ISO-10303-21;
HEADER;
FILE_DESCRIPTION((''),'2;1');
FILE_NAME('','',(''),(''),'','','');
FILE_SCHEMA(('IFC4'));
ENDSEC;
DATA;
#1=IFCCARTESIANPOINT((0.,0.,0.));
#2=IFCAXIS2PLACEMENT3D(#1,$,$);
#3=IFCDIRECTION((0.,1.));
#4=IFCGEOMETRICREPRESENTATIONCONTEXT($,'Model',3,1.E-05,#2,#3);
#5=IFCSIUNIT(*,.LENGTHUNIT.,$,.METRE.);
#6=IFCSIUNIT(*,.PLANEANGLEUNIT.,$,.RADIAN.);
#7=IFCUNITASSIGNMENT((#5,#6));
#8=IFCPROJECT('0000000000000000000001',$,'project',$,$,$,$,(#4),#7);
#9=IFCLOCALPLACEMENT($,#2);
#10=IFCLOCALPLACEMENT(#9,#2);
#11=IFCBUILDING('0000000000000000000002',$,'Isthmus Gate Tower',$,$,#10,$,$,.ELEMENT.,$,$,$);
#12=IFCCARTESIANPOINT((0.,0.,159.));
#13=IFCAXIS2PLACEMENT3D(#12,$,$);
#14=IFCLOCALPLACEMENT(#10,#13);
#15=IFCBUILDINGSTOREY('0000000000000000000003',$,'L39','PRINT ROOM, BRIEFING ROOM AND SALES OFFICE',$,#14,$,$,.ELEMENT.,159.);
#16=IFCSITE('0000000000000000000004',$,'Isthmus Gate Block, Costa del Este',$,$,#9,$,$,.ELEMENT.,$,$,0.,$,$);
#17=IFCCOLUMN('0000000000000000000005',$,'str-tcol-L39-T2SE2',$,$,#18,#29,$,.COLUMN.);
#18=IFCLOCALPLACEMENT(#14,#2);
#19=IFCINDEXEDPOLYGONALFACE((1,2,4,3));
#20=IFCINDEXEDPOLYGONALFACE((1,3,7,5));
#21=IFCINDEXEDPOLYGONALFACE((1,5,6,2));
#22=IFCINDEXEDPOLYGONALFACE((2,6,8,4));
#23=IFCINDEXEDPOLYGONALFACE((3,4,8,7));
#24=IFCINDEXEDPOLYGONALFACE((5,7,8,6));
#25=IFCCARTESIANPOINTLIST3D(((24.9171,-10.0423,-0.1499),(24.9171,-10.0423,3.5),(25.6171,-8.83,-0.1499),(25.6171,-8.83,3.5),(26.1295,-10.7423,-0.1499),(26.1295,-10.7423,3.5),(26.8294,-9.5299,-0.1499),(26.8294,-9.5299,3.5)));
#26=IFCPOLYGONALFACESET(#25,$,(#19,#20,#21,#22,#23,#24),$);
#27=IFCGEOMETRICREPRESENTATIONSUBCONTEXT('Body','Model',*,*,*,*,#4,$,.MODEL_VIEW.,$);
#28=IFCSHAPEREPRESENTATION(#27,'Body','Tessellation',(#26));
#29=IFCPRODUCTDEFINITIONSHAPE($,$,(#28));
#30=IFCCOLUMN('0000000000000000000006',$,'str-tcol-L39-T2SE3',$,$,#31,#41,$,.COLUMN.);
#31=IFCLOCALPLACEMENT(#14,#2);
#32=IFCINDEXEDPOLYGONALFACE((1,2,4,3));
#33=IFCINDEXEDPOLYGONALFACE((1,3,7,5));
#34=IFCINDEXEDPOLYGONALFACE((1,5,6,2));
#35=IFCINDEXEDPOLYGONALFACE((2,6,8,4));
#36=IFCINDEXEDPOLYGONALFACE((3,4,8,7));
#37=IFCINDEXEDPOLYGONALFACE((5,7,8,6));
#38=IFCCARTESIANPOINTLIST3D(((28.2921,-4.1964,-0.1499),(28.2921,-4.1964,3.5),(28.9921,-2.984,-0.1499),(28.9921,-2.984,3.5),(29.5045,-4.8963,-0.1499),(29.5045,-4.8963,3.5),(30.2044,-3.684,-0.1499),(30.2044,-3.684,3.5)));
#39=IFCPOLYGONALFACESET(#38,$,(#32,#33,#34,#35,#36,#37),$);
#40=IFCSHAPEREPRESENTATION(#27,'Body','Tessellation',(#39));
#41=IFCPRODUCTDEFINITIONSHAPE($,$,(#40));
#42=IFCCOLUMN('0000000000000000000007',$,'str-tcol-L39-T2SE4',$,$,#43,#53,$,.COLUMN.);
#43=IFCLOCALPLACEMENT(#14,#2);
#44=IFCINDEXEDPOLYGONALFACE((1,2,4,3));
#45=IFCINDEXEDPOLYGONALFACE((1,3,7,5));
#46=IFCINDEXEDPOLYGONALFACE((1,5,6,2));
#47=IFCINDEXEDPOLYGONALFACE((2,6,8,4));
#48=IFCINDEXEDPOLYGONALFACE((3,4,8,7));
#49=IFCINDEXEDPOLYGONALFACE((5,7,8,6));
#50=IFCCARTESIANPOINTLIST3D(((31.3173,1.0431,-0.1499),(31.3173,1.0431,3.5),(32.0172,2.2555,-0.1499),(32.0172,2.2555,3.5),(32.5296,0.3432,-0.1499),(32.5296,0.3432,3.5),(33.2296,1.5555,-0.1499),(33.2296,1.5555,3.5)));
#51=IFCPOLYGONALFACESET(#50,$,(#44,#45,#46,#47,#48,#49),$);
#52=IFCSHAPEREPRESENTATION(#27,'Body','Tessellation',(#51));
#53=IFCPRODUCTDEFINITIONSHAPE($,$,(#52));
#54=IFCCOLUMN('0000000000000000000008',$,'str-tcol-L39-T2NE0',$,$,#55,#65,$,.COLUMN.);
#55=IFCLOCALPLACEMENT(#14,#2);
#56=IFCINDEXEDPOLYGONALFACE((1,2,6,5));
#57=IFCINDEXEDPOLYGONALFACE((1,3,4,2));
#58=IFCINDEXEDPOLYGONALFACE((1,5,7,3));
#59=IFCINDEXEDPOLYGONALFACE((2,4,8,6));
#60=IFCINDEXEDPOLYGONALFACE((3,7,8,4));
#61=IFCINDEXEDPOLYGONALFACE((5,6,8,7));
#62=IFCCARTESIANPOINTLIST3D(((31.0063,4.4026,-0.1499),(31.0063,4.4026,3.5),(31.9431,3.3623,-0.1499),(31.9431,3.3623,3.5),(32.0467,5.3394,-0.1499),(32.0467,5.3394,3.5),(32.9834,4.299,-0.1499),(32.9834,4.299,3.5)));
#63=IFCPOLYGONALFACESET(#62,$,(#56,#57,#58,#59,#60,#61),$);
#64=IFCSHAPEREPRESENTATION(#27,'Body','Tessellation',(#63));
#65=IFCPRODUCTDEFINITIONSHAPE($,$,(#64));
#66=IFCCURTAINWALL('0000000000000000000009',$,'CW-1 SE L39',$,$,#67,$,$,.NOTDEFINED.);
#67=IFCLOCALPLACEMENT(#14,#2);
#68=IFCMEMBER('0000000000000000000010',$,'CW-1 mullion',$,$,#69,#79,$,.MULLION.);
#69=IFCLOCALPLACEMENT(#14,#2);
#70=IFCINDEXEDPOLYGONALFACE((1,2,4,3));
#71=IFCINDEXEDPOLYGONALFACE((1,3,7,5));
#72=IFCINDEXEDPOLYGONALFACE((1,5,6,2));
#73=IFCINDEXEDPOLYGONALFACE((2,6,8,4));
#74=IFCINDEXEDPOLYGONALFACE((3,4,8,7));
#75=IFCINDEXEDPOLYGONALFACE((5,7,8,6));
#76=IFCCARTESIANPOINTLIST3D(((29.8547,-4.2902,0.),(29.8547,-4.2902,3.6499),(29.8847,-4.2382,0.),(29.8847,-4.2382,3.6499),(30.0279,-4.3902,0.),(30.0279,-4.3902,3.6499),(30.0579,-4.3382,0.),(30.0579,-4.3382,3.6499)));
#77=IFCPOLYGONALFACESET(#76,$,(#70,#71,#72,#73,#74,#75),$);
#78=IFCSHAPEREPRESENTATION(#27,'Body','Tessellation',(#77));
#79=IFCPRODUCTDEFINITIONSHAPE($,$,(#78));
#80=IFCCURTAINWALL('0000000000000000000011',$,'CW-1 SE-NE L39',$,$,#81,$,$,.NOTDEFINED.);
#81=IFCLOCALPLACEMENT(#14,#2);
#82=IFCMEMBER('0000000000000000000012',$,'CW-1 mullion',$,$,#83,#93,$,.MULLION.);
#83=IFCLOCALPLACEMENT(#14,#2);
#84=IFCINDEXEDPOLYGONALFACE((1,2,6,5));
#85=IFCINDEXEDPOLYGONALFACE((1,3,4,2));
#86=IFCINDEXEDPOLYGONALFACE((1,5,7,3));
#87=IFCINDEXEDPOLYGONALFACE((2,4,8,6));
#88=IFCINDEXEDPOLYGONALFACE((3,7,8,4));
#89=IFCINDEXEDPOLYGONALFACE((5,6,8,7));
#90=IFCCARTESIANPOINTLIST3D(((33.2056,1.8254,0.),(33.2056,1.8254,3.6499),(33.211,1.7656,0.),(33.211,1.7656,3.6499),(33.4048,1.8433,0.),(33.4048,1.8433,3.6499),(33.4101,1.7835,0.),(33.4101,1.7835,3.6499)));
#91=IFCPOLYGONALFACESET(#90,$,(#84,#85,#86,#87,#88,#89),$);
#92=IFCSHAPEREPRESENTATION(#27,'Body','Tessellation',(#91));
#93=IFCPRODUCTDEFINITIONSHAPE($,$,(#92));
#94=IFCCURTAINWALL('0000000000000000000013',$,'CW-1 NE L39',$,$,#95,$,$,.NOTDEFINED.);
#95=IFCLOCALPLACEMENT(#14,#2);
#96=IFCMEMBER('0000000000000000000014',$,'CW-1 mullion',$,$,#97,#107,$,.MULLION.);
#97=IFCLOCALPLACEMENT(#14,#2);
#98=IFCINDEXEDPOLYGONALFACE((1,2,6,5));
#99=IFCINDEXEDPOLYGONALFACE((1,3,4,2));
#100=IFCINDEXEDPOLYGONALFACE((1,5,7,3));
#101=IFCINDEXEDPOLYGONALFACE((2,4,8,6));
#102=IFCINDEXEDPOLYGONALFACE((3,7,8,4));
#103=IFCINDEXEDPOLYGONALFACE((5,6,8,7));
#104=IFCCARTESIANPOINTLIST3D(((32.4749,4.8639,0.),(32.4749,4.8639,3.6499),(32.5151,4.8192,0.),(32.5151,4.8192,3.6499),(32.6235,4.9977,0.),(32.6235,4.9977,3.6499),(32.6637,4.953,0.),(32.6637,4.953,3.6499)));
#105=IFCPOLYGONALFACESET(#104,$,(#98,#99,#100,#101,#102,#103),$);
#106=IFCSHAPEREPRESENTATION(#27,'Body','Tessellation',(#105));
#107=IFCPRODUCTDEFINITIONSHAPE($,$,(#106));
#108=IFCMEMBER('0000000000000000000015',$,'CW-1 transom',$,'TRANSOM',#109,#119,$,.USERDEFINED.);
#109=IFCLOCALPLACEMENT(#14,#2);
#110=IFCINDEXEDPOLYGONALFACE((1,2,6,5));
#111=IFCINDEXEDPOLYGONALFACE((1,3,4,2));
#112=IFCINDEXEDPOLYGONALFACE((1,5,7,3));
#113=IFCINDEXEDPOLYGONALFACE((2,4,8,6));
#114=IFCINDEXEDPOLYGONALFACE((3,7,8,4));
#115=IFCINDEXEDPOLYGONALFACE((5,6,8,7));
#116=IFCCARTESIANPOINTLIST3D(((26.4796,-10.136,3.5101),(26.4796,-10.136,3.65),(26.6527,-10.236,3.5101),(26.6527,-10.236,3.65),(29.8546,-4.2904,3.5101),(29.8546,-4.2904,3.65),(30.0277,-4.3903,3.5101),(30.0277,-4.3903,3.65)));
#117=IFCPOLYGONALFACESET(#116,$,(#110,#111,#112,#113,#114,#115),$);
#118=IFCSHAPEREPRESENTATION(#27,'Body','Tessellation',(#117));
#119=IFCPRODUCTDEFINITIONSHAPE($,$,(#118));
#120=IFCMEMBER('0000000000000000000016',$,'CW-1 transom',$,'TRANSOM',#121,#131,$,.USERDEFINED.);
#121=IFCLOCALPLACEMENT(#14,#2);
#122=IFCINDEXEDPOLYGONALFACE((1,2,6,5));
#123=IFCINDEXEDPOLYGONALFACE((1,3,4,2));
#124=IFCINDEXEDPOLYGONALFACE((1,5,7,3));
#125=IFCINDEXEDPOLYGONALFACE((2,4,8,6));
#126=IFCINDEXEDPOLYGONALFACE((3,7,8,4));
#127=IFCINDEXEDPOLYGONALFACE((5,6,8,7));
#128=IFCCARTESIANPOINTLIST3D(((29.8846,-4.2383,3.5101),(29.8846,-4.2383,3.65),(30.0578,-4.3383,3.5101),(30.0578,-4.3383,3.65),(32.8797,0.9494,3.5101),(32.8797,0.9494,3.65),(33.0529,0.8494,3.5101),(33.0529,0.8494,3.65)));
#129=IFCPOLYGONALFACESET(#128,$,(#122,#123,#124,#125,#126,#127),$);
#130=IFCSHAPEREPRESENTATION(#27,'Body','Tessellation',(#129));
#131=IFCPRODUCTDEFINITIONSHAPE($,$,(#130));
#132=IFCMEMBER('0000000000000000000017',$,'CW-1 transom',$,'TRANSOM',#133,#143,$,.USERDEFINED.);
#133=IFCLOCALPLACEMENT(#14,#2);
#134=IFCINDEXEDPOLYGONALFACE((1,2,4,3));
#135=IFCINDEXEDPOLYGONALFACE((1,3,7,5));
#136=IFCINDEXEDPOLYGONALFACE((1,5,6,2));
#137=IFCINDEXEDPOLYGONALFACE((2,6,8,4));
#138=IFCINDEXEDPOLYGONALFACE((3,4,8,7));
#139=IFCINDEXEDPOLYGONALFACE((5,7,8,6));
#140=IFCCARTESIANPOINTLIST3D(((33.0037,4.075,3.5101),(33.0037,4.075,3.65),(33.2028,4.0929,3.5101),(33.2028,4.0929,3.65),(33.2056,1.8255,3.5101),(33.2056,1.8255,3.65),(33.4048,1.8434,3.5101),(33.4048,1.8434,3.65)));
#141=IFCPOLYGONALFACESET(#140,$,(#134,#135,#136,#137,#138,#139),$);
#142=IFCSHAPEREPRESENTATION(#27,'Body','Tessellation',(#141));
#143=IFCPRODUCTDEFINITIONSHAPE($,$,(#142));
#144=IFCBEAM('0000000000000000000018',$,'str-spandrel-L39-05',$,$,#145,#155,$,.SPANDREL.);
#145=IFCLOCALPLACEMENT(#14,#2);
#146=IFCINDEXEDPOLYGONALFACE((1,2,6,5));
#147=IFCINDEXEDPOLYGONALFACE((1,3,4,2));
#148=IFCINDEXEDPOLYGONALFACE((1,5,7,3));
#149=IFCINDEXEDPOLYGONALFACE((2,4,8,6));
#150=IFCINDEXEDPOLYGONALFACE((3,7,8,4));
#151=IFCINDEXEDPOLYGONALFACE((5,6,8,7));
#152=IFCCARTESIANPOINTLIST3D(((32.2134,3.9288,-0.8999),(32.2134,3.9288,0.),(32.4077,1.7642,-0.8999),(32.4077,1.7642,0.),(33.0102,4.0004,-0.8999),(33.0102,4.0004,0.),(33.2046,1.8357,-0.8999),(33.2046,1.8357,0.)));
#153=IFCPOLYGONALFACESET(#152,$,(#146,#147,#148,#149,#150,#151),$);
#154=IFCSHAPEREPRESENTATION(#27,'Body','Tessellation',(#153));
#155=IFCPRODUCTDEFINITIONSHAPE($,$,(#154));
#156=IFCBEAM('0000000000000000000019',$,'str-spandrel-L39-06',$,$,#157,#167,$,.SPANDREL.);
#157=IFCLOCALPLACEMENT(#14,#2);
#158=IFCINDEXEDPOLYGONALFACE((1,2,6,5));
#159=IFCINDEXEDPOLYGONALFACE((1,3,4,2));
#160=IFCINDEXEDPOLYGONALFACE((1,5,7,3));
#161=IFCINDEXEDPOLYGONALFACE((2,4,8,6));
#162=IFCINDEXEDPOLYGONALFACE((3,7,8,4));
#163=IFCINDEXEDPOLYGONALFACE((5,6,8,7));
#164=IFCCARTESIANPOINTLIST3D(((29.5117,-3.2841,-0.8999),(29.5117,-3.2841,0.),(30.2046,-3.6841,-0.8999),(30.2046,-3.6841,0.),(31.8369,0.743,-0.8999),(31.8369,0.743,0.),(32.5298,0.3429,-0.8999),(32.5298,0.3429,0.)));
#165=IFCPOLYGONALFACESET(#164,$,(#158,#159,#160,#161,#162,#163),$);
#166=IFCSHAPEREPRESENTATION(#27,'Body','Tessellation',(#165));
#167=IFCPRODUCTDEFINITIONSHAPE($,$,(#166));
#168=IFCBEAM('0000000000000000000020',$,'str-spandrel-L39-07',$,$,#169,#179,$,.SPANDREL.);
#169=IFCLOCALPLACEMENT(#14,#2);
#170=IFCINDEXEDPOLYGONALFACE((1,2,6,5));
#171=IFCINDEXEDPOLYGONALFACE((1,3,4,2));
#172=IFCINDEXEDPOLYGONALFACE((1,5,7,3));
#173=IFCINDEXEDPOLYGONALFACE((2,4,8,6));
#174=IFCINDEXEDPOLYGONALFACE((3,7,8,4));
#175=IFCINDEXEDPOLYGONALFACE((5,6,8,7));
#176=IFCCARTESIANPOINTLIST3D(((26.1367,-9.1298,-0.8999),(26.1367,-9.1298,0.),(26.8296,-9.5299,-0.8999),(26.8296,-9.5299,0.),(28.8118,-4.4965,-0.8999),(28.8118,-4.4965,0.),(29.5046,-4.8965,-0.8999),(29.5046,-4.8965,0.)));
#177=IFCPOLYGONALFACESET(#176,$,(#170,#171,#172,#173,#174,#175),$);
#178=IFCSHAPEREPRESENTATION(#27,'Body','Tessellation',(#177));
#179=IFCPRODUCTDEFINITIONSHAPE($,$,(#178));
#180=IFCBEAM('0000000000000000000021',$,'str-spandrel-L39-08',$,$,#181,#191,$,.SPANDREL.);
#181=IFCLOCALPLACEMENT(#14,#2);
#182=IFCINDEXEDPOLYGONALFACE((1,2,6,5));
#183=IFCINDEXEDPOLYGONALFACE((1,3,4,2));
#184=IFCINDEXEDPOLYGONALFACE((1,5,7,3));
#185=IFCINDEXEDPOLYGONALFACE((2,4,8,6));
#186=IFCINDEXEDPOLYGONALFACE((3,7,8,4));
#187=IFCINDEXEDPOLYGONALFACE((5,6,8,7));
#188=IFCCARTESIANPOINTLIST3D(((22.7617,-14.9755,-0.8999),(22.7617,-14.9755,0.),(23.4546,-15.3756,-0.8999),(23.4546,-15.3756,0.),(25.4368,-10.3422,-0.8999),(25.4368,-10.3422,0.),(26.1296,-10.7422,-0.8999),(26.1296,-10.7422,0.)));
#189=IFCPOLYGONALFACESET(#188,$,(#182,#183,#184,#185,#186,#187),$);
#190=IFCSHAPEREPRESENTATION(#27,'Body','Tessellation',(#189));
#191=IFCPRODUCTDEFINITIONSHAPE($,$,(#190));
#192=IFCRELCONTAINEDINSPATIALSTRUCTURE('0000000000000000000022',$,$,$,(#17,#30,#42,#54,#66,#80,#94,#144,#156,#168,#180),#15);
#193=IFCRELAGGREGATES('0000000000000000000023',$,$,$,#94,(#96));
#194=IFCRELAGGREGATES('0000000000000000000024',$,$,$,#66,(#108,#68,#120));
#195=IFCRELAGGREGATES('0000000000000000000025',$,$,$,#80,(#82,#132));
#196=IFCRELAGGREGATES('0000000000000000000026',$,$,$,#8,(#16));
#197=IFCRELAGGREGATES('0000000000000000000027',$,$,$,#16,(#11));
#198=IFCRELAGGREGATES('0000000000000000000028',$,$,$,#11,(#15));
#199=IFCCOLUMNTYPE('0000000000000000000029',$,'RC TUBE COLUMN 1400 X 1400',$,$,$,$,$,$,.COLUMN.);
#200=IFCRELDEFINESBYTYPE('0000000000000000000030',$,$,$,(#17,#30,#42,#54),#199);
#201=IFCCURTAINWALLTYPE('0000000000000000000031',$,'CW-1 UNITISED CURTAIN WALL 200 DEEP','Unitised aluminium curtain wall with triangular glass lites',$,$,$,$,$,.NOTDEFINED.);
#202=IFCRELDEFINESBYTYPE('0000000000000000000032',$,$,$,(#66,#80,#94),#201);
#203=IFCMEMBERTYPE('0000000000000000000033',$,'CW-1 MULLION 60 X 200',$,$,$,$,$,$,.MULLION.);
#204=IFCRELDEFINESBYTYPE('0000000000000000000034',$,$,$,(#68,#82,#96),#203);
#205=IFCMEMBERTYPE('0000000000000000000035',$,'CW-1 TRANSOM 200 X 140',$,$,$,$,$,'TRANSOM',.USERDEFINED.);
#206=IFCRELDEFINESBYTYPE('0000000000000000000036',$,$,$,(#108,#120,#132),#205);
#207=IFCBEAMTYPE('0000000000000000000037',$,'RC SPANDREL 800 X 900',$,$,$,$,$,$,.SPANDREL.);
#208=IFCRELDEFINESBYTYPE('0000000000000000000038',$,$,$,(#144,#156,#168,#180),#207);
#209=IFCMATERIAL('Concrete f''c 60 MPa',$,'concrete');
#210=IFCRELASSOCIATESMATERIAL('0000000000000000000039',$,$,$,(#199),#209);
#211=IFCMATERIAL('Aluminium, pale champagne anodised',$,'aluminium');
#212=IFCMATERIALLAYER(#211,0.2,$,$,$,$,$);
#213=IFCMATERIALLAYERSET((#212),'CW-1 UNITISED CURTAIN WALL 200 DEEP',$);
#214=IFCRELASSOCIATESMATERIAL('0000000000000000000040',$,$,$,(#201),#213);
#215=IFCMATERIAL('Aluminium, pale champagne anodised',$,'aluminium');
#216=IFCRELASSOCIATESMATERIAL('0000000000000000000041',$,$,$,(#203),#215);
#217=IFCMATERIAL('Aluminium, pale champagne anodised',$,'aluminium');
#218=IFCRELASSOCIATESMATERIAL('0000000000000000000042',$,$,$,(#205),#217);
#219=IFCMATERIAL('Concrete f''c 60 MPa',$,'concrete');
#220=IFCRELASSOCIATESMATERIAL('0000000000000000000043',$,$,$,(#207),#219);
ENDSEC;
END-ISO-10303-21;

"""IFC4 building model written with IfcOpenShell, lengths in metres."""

from ifc_helpers import new_model, si_unit, direction, frame, origin, origin_2d, place, context, subcontext, project, spatial, rectangle, extrude, material, layer, layer_set, material_profile, profile_set, type_object, element, aggregate, save


model = new_model("IFC4")

# Units and contexts
model_context = context("Model", 3, precision=1e-05, world=origin(), true_north=direction((0.0, 1.0)))
body_context = subcontext(model_context, "Body", "Model", "MODEL_VIEW")
ifc_project = project(units=[si_unit("LENGTHUNIT", "METRE"), si_unit("PLANEANGLEUNIT", "RADIAN")], contexts=[model_context])

# Site, building, storey
site_placement = place(None, origin())
site = spatial("IfcSite", under=ifc_project, at=site_placement, Name="Isthmus Gate Block, Costa del Este", CompositionType="ELEMENT", RefElevation=0.0)
building_placement = place(site_placement, origin())
building = spatial("IfcBuilding", under=site, at=building_placement, Name="Isthmus Gate Tower", CompositionType="ELEMENT")
storey_placement = place(building_placement, frame((0.0, 0.0, 159.0)))
storey = spatial("IfcBuildingStorey", under=building, at=storey_placement, Name="L39", Description="PRINT ROOM, BRIEFING ROOM AND SALES OFFICE", CompositionType="ELEMENT", Elevation=159.0)

# Columns
ifc_material_1 = material(Name="Concrete f'c 60 MPa", Category="concrete")
ifc_material_profile_1 = material_profile(ifc_material_1, rectangle(XDim=1.3999, YDim=1.3999, at=origin_2d()), Name="RC 1400X1400")
ifc_profile_set_1 = profile_set([ifc_material_profile_1], Name="Concrete f'c 60 MPa")
column_type = type_object("IfcColumnType", Name="RC TUBE COLUMN 1400 X 1400", PredefinedType="COLUMN", material=ifc_profile_set_1)
for number, where, z_axis, x_axis, name in (
    (1, (25.8733, -9.7861, -0.1499), (0.0, 0.0, 1.0), (0.5, 0.866025, 0.0), "str-tcol-L39-T2SE2"),
    (2, (29.2483, -3.9402, -0.1499), (0.0, 0.0, 1.0), (0.5, 0.866025, 0.0), "str-tcol-L39-T2SE3"),
    (3, (32.2734, 1.2993, -0.1499), (0.0, 0.0, 1.0), (0.5, 0.866025, 0.0), "str-tcol-L39-T2SE4"),
    (4, (31.9949, 4.3508, -0.1499), (0.0, 0.0, 1.0), (-0.669131, 0.743145, 0.0), "str-tcol-L39-T2NE0"),
):
    element("IfcColumn", number, at=place(storey_placement, frame(where, z_axis=z_axis, x_axis=x_axis)), inside=storey, type_object=column_type, Name=name, PredefinedType="COLUMN", context=body_context, shape_type="SweptSolid", body=[
        extrude(rectangle(XDim=1.3999, YDim=1.3999, at=origin_2d()), origin(), (0.0, 0.0, 1.0), 3.6499),
    ])

# Curtain walls, members
ifc_material_2 = material(Name="Aluminium, pale champagne anodised", Category="aluminium")
ifc_layer_1 = layer(ifc_material_2, 0.2)
ifc_layer_set_1 = layer_set([ifc_layer_1], Name="CW-1 UNITISED CURTAIN WALL 200 DEEP")
curtain_wall_type = type_object("IfcCurtainWallType", Name="CW-1 UNITISED CURTAIN WALL 200 DEEP", Description="Unitised aluminium curtain wall with triangular glass lites", PredefinedType="NOTDEFINED", material=ifc_layer_set_1)
curtain_wall_1_placement = place(storey_placement, origin())
curtain_wall_1 = element("IfcCurtainWall", 5, at=curtain_wall_1_placement, inside=storey, type_object=curtain_wall_type, Name="CW-1 SE L39", PredefinedType="NOTDEFINED")
ifc_material_3 = material(Name="Aluminium, pale champagne anodised", Category="aluminium")
ifc_material_profile_2 = material_profile(ifc_material_3, rectangle(XDim=0.0601, YDim=0.2, at=origin_2d()), Name="60x200")
ifc_profile_set_2 = profile_set([ifc_material_profile_2], Name="Aluminium, pale champagne anodised")
member_type_1 = type_object("IfcMemberType", Name="CW-1 MULLION 60 X 200", PredefinedType="MULLION", material=ifc_profile_set_2)
member_1_placement = place(storey_placement, frame((29.9563, -4.3142, 0.0), z_axis=(0.0, 0.0, 1.0), x_axis=(0.5, 0.866025, 0.0)))
member_1 = element("IfcMember", 6, at=member_1_placement, type_object=member_type_1, Name="CW-1 mullion", PredefinedType="MULLION", context=body_context, shape_type="SweptSolid", body=[
    extrude(rectangle(XDim=0.0601, YDim=0.2, at=origin_2d()), origin(), (0.0, 0.0, 1.0), 3.6499),
])
curtain_wall_2_placement = place(storey_placement, origin())
curtain_wall_2 = element("IfcCurtainWall", 7, at=curtain_wall_2_placement, inside=storey, type_object=curtain_wall_type, Name="CW-1 SE-NE L39", PredefinedType="NOTDEFINED")
member_2_placement = place(storey_placement, frame((33.3079, 1.8044, 0.0), z_axis=(0.0, 0.0, 1.0), x_axis=(-0.089397, 0.995996, 0.0)))
member_2 = element("IfcMember", 8, at=member_2_placement, type_object=member_type_1, Name="CW-1 mullion", PredefinedType="MULLION", context=body_context, shape_type="SweptSolid", body=[
    extrude(rectangle(XDim=0.0601, YDim=0.2, at=origin_2d()), origin(), (0.0, 0.0, 1.0), 3.6499),
])
curtain_wall_3_placement = place(storey_placement, origin())
curtain_wall_3 = element("IfcCurtainWall", 9, at=curtain_wall_3_placement, inside=storey, type_object=curtain_wall_type, Name="CW-1 NE L39", PredefinedType="NOTDEFINED")
member_3_placement = place(storey_placement, frame((32.5693, 4.9084, 0.0), z_axis=(0.0, 0.0, 1.0), x_axis=(-0.669131, 0.743145, 0.0)))
member_3 = element("IfcMember", 10, at=member_3_placement, type_object=member_type_1, Name="CW-1 mullion", PredefinedType="MULLION", context=body_context, shape_type="SweptSolid", body=[
    extrude(rectangle(XDim=0.0601, YDim=0.2, at=origin_2d()), origin(), (0.0, 0.0, 1.0), 3.6499),
])
aggregate(curtain_wall_3, [member_3])

# Members
ifc_material_4 = material(Name="Aluminium, pale champagne anodised", Category="aluminium")
ifc_material_profile_3 = material_profile(ifc_material_4, rectangle(XDim=0.2, YDim=0.1399, at=origin_2d()), Name="200x140")
ifc_profile_set_3 = profile_set([ifc_material_profile_3], Name="Aluminium, pale champagne anodised")
member_type_2 = type_object("IfcMemberType", Name="CW-1 TRANSOM 200 X 140", ElementType="TRANSOM", PredefinedType="USERDEFINED", material=ifc_profile_set_3)
member_4_placement = place(storey_placement, frame((26.5662, -10.186, 3.5801), z_axis=(0.499998, 0.866027, 0.0), x_axis=(-0.866027, 0.499998, 0.0)))
member_4 = element("IfcMember", 11, at=member_4_placement, type_object=member_type_2, Name="CW-1 transom", ObjectType="TRANSOM", PredefinedType="USERDEFINED", context=body_context, shape_type="SweptSolid", body=[
    extrude(rectangle(XDim=0.2, YDim=0.1399, at=origin_2d()), origin(), (0.0, 0.0, 1.0), 6.75),
])
member_5_placement = place(storey_placement, frame((29.9712, -4.2883, 3.5801), z_axis=(0.499996, 0.866027, 0.0), x_axis=(-0.866027, 0.499996, 0.0)))
member_5 = element("IfcMember", 12, at=member_5_placement, type_object=member_type_2, Name="CW-1 transom", ObjectType="TRANSOM", PredefinedType="USERDEFINED", context=body_context, shape_type="SweptSolid", body=[
    extrude(rectangle(XDim=0.2, YDim=0.1399, at=origin_2d()), origin(), (0.0, 0.0, 1.0), 5.9902),
])
member_6_placement = place(storey_placement, frame((33.3052, 1.8345, 3.5801), z_axis=(-0.089395, 0.995996, 0.0), x_axis=(-0.995996, -0.089395, 0.0)))
member_6 = element("IfcMember", 13, at=member_6_placement, type_object=member_type_2, Name="CW-1 transom", ObjectType="TRANSOM", PredefinedType="USERDEFINED", context=body_context, shape_type="SweptSolid", body=[
    extrude(rectangle(XDim=0.2, YDim=0.1399, at=origin_2d()), origin(), (0.0, 0.0, 1.0), 2.2585),
])

# Beams
ifc_material_5 = material(Name="Concrete f'c 60 MPa", Category="concrete")
ifc_material_profile_4 = material_profile(ifc_material_5, rectangle(XDim=0.8, YDim=0.8999, at=origin_2d()), Name="RC 800X900")
ifc_profile_set_4 = profile_set([ifc_material_profile_4], Name="Concrete f'c 60 MPa")
beam_type_1 = type_object("IfcBeamType", Name="RC SPANDREL 800 X 900", PredefinedType="SPANDREL", material=ifc_profile_set_4)
beam_1_placement = place(storey_placement, frame((32.6118, 3.9646, -0.45), z_axis=(0.089422, -0.995994, 0.0), x_axis=(0.995994, 0.089422, 0.0)))
element("IfcBeam", 14, at=beam_1_placement, inside=storey, type_object=beam_type_1, Name="str-spandrel-L39-05", PredefinedType="SPANDREL", context=body_context, shape_type="SweptSolid", body=[
    extrude(rectangle(XDim=0.8, YDim=0.8999, at=origin_2d()), origin(), (0.0, 0.0, 1.0), 2.1733),
])
beam_2_placement = place(storey_placement, frame((32.1833, 0.543, -0.45), z_axis=(-0.500024, -0.866012, 0.0), x_axis=(0.866012, -0.500024, 0.0)))
element("IfcBeam", 15, at=beam_2_placement, inside=storey, type_object=beam_type_1, Name="str-spandrel-L39-06", PredefinedType="SPANDREL", context=body_context, shape_type="SweptSolid", body=[
    extrude(rectangle(XDim=0.8, YDim=0.8999, at=origin_2d()), origin(), (0.0, 0.0, 1.0), 4.6501),
])
for number, where, z_axis, x_axis, name in (
    (16, (29.1582, -4.6965, -0.45), (-0.500002, -0.866024, 0.0), (0.866024, -0.500002, 0.0), "str-spandrel-L39-07"),
    (17, (25.7832, -10.5422, -0.45), (-0.500002, -0.866024, 0.0), (0.866024, -0.500002, 0.0), "str-spandrel-L39-08"),
):
    element("IfcBeam", number, at=place(storey_placement, frame(where, z_axis=z_axis, x_axis=x_axis)), inside=storey, type_object=beam_type_1, Name=name, PredefinedType="SPANDREL", context=body_context, shape_type="SweptSolid", body=[
        extrude(rectangle(XDim=0.8, YDim=0.8999, at=origin_2d()), origin(), (0.0, 0.0, 1.0), 5.3501),
    ])

aggregate(curtain_wall_1, [member_4, member_1, member_5])
aggregate(curtain_wall_2, [member_2, member_6])

save(model, "model.ifc")
